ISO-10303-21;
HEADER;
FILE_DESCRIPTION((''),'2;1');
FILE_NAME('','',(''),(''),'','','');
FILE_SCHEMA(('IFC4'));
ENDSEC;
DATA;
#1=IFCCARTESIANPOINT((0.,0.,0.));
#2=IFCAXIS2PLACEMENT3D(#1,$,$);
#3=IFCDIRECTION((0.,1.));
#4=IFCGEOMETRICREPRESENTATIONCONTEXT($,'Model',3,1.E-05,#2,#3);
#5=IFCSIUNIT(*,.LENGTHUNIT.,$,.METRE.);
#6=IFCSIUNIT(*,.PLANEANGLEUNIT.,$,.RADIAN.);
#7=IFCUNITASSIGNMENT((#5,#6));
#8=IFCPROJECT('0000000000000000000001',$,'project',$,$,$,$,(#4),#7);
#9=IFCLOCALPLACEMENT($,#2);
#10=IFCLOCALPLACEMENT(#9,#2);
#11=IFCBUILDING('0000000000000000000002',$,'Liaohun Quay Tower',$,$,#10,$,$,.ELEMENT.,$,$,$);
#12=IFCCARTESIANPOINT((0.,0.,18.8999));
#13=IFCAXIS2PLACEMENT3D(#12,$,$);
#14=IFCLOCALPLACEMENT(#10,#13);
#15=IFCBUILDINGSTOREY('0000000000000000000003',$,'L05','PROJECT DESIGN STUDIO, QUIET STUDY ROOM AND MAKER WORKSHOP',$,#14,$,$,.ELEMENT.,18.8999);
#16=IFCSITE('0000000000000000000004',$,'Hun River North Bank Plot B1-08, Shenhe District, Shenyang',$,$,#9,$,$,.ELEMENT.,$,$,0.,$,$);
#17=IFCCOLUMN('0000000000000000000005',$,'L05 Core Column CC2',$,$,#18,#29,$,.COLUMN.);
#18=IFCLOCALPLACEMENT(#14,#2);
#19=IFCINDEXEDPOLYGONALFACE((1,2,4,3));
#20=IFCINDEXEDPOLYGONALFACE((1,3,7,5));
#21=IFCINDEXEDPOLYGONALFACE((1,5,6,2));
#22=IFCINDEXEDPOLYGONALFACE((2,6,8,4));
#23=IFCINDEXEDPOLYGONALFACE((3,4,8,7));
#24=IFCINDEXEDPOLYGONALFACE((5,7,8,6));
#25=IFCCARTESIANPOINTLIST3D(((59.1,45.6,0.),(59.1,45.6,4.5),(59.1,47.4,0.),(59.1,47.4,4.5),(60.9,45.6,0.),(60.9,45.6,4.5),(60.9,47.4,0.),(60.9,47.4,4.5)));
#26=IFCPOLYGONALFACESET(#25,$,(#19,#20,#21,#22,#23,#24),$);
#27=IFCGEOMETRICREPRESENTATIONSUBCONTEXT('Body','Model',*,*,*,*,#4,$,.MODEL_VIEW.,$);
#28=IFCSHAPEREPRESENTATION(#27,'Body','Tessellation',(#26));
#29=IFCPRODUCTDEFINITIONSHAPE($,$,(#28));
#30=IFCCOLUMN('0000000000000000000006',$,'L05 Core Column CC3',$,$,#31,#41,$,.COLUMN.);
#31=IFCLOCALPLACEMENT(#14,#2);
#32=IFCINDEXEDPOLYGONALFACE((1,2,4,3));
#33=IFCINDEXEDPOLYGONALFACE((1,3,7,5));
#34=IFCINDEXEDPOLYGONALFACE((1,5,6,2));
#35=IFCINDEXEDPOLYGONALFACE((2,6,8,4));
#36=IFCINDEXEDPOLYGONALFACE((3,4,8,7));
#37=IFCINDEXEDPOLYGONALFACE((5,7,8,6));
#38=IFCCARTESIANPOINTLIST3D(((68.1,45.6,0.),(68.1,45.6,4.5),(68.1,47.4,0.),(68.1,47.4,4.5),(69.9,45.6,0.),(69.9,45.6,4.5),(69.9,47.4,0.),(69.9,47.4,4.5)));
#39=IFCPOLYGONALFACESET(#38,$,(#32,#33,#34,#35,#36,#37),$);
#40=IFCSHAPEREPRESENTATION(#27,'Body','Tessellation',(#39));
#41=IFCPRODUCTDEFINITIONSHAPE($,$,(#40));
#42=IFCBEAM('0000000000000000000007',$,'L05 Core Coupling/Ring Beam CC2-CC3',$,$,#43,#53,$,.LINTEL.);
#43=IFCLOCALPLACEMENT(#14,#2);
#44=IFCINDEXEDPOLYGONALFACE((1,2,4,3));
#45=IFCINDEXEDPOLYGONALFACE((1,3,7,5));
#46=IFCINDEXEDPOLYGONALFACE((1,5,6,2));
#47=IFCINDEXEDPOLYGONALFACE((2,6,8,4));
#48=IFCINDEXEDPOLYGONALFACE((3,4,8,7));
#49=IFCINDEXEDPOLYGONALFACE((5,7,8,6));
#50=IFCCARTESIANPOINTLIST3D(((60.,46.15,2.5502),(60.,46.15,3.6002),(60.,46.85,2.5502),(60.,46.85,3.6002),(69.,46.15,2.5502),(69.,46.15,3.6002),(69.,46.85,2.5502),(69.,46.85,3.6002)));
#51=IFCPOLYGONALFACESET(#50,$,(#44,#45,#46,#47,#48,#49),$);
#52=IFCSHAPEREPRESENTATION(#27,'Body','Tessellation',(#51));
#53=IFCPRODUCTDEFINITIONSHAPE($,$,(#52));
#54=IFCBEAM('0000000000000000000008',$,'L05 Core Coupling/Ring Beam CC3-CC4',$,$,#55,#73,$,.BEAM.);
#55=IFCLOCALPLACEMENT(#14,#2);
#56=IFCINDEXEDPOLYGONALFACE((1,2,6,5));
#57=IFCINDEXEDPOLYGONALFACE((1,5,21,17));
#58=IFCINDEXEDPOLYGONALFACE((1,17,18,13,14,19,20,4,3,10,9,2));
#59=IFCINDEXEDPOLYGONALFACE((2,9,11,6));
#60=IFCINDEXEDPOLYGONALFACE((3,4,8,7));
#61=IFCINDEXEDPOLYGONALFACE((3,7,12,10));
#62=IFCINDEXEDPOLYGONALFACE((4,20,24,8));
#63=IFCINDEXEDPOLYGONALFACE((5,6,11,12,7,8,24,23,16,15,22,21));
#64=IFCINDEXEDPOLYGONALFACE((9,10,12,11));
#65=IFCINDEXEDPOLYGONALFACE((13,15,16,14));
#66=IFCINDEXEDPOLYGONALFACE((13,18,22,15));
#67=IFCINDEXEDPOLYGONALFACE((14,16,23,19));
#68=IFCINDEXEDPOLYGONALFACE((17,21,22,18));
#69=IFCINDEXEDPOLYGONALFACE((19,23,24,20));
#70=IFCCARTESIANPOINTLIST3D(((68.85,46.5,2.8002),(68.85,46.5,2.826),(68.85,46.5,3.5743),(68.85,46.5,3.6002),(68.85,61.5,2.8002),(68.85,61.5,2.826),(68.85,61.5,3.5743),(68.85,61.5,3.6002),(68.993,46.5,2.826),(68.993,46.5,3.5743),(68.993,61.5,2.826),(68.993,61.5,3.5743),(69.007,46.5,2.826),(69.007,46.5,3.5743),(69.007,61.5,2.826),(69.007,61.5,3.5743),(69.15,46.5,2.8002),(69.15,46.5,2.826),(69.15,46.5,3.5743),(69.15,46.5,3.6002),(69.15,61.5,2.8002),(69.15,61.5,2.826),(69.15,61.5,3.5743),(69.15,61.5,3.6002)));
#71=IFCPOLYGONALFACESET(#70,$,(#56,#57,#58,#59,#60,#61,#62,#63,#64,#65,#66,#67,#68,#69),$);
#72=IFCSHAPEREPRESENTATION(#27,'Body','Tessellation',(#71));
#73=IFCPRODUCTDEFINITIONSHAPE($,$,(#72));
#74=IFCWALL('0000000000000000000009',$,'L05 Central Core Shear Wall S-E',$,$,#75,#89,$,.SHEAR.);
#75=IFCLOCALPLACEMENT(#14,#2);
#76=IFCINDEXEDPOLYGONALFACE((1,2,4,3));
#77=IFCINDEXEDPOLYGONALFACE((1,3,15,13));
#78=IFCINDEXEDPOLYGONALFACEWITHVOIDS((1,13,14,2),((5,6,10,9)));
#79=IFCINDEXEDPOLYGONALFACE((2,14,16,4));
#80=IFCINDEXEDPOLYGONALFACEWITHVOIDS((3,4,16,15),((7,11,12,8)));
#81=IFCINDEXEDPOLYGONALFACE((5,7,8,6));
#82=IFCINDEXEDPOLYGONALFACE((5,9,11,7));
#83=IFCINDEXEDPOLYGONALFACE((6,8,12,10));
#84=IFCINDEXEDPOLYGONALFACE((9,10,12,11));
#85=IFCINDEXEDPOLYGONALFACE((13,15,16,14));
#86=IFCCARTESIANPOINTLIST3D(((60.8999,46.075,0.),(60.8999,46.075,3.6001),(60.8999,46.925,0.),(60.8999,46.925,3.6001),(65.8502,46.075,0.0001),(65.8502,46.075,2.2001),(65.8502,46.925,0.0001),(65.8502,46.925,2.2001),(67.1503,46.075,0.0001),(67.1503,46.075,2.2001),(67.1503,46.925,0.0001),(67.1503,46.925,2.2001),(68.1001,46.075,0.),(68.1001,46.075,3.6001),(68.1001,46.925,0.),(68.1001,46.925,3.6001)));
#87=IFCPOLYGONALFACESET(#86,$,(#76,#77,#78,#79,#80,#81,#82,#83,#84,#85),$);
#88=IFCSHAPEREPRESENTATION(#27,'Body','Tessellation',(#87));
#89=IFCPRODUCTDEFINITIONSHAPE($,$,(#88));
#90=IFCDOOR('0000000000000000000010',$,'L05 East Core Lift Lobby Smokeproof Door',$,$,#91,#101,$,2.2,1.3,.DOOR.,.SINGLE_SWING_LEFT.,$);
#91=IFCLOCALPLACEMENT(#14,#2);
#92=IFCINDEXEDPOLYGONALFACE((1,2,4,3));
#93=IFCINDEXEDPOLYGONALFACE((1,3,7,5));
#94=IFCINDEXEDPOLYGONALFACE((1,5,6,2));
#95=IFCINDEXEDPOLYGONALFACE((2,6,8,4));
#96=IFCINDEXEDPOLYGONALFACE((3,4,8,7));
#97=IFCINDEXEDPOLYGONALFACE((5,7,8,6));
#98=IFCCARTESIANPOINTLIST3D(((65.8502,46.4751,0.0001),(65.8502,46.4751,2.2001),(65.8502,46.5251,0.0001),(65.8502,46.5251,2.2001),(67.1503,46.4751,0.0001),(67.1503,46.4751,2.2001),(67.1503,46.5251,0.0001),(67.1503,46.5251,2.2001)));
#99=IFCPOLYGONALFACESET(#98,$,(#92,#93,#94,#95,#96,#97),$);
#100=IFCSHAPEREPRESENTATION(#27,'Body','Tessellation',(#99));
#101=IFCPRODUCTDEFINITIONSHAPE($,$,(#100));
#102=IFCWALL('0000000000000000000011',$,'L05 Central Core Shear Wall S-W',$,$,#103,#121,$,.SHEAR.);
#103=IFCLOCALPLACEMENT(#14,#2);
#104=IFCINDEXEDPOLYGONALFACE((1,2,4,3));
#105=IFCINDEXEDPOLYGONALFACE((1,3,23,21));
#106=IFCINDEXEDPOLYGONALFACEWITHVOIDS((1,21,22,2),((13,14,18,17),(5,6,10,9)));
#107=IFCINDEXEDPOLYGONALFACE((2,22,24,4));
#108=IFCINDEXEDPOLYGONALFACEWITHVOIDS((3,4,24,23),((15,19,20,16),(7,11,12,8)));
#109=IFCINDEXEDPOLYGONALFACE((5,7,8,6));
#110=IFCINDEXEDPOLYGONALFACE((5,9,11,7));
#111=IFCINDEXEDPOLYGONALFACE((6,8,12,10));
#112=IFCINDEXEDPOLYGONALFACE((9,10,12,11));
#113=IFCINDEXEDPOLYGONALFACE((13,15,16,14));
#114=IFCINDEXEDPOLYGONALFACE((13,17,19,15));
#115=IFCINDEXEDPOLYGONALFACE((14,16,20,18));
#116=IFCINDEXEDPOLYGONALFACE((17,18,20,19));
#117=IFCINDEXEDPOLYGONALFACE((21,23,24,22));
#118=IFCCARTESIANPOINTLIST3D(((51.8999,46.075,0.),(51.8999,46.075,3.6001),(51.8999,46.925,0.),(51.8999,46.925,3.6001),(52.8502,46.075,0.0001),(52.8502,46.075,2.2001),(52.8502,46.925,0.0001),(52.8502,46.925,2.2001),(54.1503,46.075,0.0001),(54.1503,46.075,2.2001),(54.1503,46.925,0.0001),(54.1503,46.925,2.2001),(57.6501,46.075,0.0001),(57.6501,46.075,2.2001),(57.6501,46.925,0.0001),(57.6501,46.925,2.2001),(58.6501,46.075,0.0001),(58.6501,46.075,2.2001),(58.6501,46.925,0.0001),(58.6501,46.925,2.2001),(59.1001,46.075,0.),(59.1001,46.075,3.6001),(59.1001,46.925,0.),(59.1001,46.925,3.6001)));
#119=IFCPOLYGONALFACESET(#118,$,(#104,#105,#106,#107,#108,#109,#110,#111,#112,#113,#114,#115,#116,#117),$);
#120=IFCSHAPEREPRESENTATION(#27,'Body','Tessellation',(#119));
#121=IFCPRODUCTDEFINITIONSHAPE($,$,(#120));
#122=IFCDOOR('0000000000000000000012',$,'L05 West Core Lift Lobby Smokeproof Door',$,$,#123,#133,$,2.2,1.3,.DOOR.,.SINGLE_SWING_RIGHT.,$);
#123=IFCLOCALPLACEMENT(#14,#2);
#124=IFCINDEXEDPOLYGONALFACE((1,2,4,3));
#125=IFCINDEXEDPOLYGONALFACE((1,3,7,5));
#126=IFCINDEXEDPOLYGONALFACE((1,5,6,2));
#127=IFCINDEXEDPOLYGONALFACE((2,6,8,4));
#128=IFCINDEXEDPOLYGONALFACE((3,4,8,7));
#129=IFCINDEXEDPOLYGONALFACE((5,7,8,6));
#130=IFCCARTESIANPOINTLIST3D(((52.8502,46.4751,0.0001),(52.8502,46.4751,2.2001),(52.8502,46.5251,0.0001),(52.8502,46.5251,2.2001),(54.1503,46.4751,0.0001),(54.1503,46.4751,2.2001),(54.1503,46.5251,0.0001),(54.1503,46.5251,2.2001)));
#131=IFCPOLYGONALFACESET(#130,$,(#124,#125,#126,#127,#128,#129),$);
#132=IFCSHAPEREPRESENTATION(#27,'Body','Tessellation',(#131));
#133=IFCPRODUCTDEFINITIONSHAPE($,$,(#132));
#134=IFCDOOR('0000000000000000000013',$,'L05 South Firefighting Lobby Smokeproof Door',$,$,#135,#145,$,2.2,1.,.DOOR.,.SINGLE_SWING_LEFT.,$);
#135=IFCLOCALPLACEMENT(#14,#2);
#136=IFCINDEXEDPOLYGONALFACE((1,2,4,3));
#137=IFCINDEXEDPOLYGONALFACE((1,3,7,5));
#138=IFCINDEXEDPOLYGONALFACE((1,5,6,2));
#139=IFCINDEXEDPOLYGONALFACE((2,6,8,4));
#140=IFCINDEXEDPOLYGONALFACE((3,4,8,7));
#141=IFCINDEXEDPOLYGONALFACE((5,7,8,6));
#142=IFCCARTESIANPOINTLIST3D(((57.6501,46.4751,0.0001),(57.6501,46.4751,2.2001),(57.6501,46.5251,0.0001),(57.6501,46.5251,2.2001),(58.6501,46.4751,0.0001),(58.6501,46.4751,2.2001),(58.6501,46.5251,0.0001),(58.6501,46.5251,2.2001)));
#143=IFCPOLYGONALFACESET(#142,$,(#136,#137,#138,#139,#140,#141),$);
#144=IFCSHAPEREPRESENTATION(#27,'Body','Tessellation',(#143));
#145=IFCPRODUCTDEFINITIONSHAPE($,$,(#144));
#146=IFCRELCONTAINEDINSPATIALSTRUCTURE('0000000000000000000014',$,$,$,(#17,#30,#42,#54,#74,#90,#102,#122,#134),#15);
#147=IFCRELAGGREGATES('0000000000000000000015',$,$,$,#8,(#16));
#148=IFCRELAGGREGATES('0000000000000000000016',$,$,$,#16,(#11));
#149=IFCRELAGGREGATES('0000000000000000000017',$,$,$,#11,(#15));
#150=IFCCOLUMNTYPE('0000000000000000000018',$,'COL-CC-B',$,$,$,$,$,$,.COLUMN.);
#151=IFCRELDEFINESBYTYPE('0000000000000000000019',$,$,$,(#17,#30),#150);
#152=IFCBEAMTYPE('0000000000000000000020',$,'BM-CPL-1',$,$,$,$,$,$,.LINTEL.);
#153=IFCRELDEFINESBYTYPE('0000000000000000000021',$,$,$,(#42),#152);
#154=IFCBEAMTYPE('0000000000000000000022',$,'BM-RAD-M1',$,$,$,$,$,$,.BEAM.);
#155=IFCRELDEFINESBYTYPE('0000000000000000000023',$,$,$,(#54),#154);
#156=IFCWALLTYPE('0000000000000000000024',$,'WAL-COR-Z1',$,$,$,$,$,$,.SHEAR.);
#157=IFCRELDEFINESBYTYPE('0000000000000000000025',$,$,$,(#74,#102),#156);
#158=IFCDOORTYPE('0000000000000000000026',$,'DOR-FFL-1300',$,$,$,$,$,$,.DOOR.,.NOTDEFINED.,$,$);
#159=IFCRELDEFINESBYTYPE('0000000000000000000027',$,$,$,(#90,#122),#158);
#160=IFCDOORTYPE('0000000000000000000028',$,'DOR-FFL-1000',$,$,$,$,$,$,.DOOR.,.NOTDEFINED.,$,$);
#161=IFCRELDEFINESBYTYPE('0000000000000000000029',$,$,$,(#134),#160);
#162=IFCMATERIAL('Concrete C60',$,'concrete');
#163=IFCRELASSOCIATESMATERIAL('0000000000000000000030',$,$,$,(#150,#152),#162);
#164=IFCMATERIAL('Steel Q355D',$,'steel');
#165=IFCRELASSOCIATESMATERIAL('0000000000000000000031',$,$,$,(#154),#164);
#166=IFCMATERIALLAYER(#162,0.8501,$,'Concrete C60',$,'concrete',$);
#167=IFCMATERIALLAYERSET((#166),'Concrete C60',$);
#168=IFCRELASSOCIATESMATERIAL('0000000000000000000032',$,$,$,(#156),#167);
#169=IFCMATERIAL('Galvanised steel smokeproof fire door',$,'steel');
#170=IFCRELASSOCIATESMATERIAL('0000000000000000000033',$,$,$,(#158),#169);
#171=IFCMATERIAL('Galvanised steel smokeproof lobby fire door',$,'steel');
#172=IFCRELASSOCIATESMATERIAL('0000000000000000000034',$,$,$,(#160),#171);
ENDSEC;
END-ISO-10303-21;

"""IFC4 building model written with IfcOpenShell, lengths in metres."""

from ifc_helpers import new_model, si_unit, direction, frame, frame_2d, origin, origin_2d, place, context, subcontext, project, spatial, rectangle, i_section, extrude, source, transform, mapped, material, layer, layer_set, material_profile, profile_set, type_object, element, fill, save


model = new_model("IFC4")

# Units and contexts
model_context = context("Model", 3, precision=1e-05, world=origin(), true_north=direction((0.0, 1.0)))
body_context = subcontext(model_context, "Body", "Model", "MODEL_VIEW")
ifc_project = project(units=[si_unit("LENGTHUNIT", "METRE"), si_unit("PLANEANGLEUNIT", "RADIAN")], contexts=[model_context])

# Site, building, storey
site_placement = place(None, origin())
site = spatial("IfcSite", under=ifc_project, at=site_placement, Name="Hun River North Bank Plot B1-08, Shenhe District, Shenyang", CompositionType="ELEMENT", RefElevation=0.0)
building_placement = place(site_placement, origin())
building = spatial("IfcBuilding", under=site, at=building_placement, Name="Liaohun Quay Tower", CompositionType="ELEMENT")
storey_placement = place(building_placement, frame((0.0, 0.0, 18.8999)))
storey = spatial("IfcBuildingStorey", under=building, at=storey_placement, Name="L05", Description="PROJECT DESIGN STUDIO, QUIET STUDY ROOM AND MAKER WORKSHOP", CompositionType="ELEMENT", Elevation=18.8999)

# Columns
ifc_material_1 = material(Name="Concrete C60", Category="concrete")
ifc_material_profile_1 = material_profile(ifc_material_1, rectangle(XDim=1.8, YDim=1.8, at=origin_2d()), Name="RC1800x1800")
ifc_profile_set_1 = profile_set([ifc_material_profile_1], Name="Concrete C60")
column_type = type_object("IfcColumnType", Name="COL-CC-B", PredefinedType="COLUMN", material=ifc_profile_set_1)
shared_shape_1 = source(origin(), body_context, "Body", "SweptSolid", [
    extrude(rectangle(XDim=1.8, YDim=1.8, at=origin_2d()), origin(), (0.0, 0.0, 1.0), 4.5),
])
for number, where, z_axis, x_axis, name in (
    (1, (60.0, 46.5, 0.0), (0.0, 0.0, 1.0), (1.0, 0.0, 0.0), "L05 Core Column CC2"),
    (2, (69.0, 46.5, 0.0), (0.0, 0.0, 1.0), (1.0, 0.0, 0.0), "L05 Core Column CC3"),
):
    element("IfcColumn", number, at=place(storey_placement, frame(where, z_axis=z_axis, x_axis=x_axis)), inside=storey, type_object=column_type, Name=name, PredefinedType="COLUMN", context=body_context, shape_type="MappedRepresentation", body=[
        mapped(shared_shape_1, transform((0.0, 0.0, 0.0), x_axis=(1.0, 0.0, 0.0), y_axis=(0.0, 1.0, 0.0), z_axis=(0.0, 0.0, 1.0), scale=1.0)),
    ])

# Beams
ifc_material_profile_2 = material_profile(ifc_material_1, rectangle(XDim=0.7, YDim=1.05, at=origin_2d()), Name="RC700x1050")
ifc_profile_set_2 = profile_set([ifc_material_profile_2], Name="Concrete C60")
beam_type_1 = type_object("IfcBeamType", Name="BM-CPL-1", PredefinedType="LINTEL", material=ifc_profile_set_2)
shared_shape_2 = source(origin(), body_context, "Body", "SweptSolid", [
    extrude(rectangle(XDim=0.7, YDim=1.05, at=origin_2d()), origin(), (0.0, 0.0, 1.0), 9.0),
])
beam_1_placement = place(storey_placement, frame((60.0, 46.5, 3.0752), z_axis=(1.0, 0.0, 0.0), x_axis=(0.0, 1.0, 0.0)))
element("IfcBeam", 3, at=beam_1_placement, inside=storey, type_object=beam_type_1, Name="L05 Core Coupling/Ring Beam CC2-CC3", PredefinedType="LINTEL", context=body_context, shape_type="MappedRepresentation", body=[
    mapped(shared_shape_2, transform((0.0, 0.0, 0.0), x_axis=(1.0, 0.0, 0.0), y_axis=(0.0, 1.0, 0.0), z_axis=(0.0, 0.0, 1.0), scale=1.0)),
])
ifc_material_2 = material(Name="Steel Q355D", Category="steel")
ifc_material_profile_3 = material_profile(ifc_material_2, i_section(OverallWidth=0.3, OverallDepth=0.8, WebThickness=0.0139, FlangeThickness=0.0259, at=origin_2d()), Name="HN800x300x14x26")
ifc_profile_set_3 = profile_set([ifc_material_profile_3], Name="Steel Q355D")
beam_type_2 = type_object("IfcBeamType", Name="BM-RAD-M1", PredefinedType="BEAM", material=ifc_profile_set_3)
shared_shape_3 = source(origin(), body_context, "Body", "SweptSolid", [
    extrude(i_section(OverallWidth=0.3, OverallDepth=0.8, WebThickness=0.0139, FlangeThickness=0.0259, at=origin_2d()), origin(), (0.0, 0.0, 1.0), 15.0),
])
beam_2_placement = place(storey_placement, frame((69.0, 46.5, 3.2002), z_axis=(0.0, 1.0, 0.0), x_axis=(-1.0, 0.0, 0.0)))
element("IfcBeam", 4, at=beam_2_placement, inside=storey, type_object=beam_type_2, Name="L05 Core Coupling/Ring Beam CC3-CC4", PredefinedType="BEAM", context=body_context, shape_type="MappedRepresentation", body=[
    mapped(shared_shape_3, transform((0.0, 0.0, 0.0), x_axis=(1.0, 0.0, 0.0), y_axis=(0.0, 1.0, 0.0), z_axis=(0.0, 0.0, 1.0), scale=1.0)),
])

# Wall, opening, door
ifc_layer_1 = layer(ifc_material_1, 0.8501, Name="Concrete C60", Category="concrete")
ifc_layer_set_1 = layer_set([ifc_layer_1], Name="Concrete C60")
wall_type_1 = type_object("IfcWallType", Name="WAL-COR-Z1", PredefinedType="SHEAR", material=ifc_layer_set_1)
wall_1_placement = place(storey_placement, frame((68.1001, 46.5, 0.0), z_axis=(0.0, 0.0, 1.0), x_axis=(-1.0, 0.0, 0.0)))
wall_1 = element("IfcWall", 5, at=wall_1_placement, inside=storey, type_object=wall_type_1, Name="L05 Central Core Shear Wall S-E", PredefinedType="SHEAR", context=body_context, shape_type="SweptSolid", body=[
    extrude(rectangle(XDim=7.2002, YDim=0.8501, at=frame_2d((3.6001, 0.0))), origin(), (0.0, 0.0, 1.0), 3.6001),
])
shared_shape_4 = source(origin(), body_context, "Body", "SweptSolid", [
    extrude(rectangle(XDim=1.3, YDim=2.2, at=frame_2d((0.6499, 1.1001))), frame((0.0, 0.4351, 0.0), z_axis=(0.0, -1.0, 0.0), x_axis=(1.0, 0.0, 0.0)), (0.0, 0.0, 1.0), 0.8701),
])
opening_1_placement = place(wall_1_placement, frame((0.95, 0.0, 0.0)))
opening_1 = element("IfcOpeningElement", 6, at=opening_1_placement, cuts=wall_1, PredefinedType="OPENING", context=body_context, shape_type="MappedRepresentation", body=[
    mapped(shared_shape_4, transform((0.0, 0.0, 0.0), x_axis=(1.0, 0.0, 0.0), y_axis=(0.0, 1.0, 0.0), z_axis=(0.0, 0.0, 1.0), scale=1.0)),
])
ifc_material_3 = material(Name="Galvanised steel smokeproof fire door", Category="steel")
door_type_1 = type_object("IfcDoorType", Name="DOR-FFL-1300", OperationType="NOTDEFINED", PredefinedType="DOOR", material=ifc_material_3)
shared_shape_5 = source(origin(), body_context, "Body", "SweptSolid", [
    extrude(rectangle(XDim=1.3, YDim=2.2, at=frame_2d((0.6499, 1.1001))), frame((0.0, 0.0249, 0.0), z_axis=(0.0, -1.0, 0.0), x_axis=(1.0, 0.0, 0.0)), (0.0, 0.0, 1.0), 0.05),
])
door_1_placement = place(opening_1_placement, origin())
door_1 = element("IfcDoor", 7, at=door_1_placement, inside=storey, type_object=door_type_1, Name="L05 East Core Lift Lobby Smokeproof Door", OperationType="SINGLE_SWING_LEFT", OverallHeight=2.2, OverallWidth=1.3, PredefinedType="DOOR", context=body_context, shape_type="MappedRepresentation", body=[
    mapped(shared_shape_5, transform((0.0, 0.0, 0.0), x_axis=(1.0, 0.0, 0.0), y_axis=(0.0, 1.0, 0.0), z_axis=(0.0, 0.0, 1.0), scale=1.0)),
])
fill(opening_1, door_1)

# Wall, openings, doors
wall_2_placement = place(storey_placement, frame((59.1001, 46.5, 0.0), z_axis=(0.0, 0.0, 1.0), x_axis=(-1.0, 0.0, 0.0)))
wall_2 = element("IfcWall", 8, at=wall_2_placement, inside=storey, type_object=wall_type_1, Name="L05 Central Core Shear Wall S-W", PredefinedType="SHEAR", context=body_context, shape_type="SweptSolid", body=[
    extrude(rectangle(XDim=7.2002, YDim=0.8501, at=frame_2d((3.6001, 0.0))), origin(), (0.0, 0.0, 1.0), 3.6001),
])
opening_2_placement = place(wall_2_placement, frame((4.95, 0.0, 0.0)))
opening_2 = element("IfcOpeningElement", 9, at=opening_2_placement, cuts=wall_2, PredefinedType="OPENING", context=body_context, shape_type="MappedRepresentation", body=[
    mapped(shared_shape_4, transform((0.0, 0.0, 0.0), x_axis=(1.0, 0.0, 0.0), y_axis=(0.0, 1.0, 0.0), z_axis=(0.0, 0.0, 1.0), scale=1.0)),
])
shared_shape_6 = source(origin(), body_context, "Body", "SweptSolid", [
    extrude(rectangle(XDim=1.0, YDim=2.2, at=frame_2d((0.5, 1.1001))), frame((0.0, 0.4351, 0.0), z_axis=(0.0, -1.0, 0.0), x_axis=(1.0, 0.0, 0.0)), (0.0, 0.0, 1.0), 0.8701),
])
opening_3_placement = place(wall_2_placement, frame((0.45, 0.0, 0.0)))
opening_3 = element("IfcOpeningElement", 10, at=opening_3_placement, cuts=wall_2, PredefinedType="OPENING", context=body_context, shape_type="MappedRepresentation", body=[
    mapped(shared_shape_6, transform((0.0, 0.0, 0.0), x_axis=(1.0, 0.0, 0.0), y_axis=(0.0, 1.0, 0.0), z_axis=(0.0, 0.0, 1.0), scale=1.0)),
])
door_2_placement = place(opening_2_placement, origin())
door_2 = element("IfcDoor", 11, at=door_2_placement, inside=storey, type_object=door_type_1, Name="L05 West Core Lift Lobby Smokeproof Door", OperationType="SINGLE_SWING_RIGHT", OverallHeight=2.2, OverallWidth=1.3, PredefinedType="DOOR", context=body_context, shape_type="MappedRepresentation", body=[
    mapped(shared_shape_5, transform((0.0, 0.0, 0.0), x_axis=(1.0, 0.0, 0.0), y_axis=(0.0, 1.0, 0.0), z_axis=(0.0, 0.0, 1.0), scale=1.0)),
])
fill(opening_2, door_2)
ifc_material_4 = material(Name="Galvanised steel smokeproof lobby fire door", Category="steel")
door_type_2 = type_object("IfcDoorType", Name="DOR-FFL-1000", OperationType="NOTDEFINED", PredefinedType="DOOR", material=ifc_material_4)
shared_shape_7 = source(origin(), body_context, "Body", "SweptSolid", [
    extrude(rectangle(XDim=1.0, YDim=2.2, at=frame_2d((0.5, 1.1001))), frame((0.0, 0.0249, 0.0), z_axis=(0.0, -1.0, 0.0), x_axis=(1.0, 0.0, 0.0)), (0.0, 0.0, 1.0), 0.05),
])
door_3_placement = place(opening_3_placement, origin())
door_3 = element("IfcDoor", 12, at=door_3_placement, inside=storey, type_object=door_type_2, Name="L05 South Firefighting Lobby Smokeproof Door", OperationType="SINGLE_SWING_LEFT", OverallHeight=2.2, OverallWidth=1.0, PredefinedType="DOOR", context=body_context, shape_type="MappedRepresentation", body=[
    mapped(shared_shape_7, transform((0.0, 0.0, 0.0), x_axis=(1.0, 0.0, 0.0), y_axis=(0.0, 1.0, 0.0), z_axis=(0.0, 0.0, 1.0), scale=1.0)),
])
fill(opening_3, door_3)

save(model, "model.ifc")
